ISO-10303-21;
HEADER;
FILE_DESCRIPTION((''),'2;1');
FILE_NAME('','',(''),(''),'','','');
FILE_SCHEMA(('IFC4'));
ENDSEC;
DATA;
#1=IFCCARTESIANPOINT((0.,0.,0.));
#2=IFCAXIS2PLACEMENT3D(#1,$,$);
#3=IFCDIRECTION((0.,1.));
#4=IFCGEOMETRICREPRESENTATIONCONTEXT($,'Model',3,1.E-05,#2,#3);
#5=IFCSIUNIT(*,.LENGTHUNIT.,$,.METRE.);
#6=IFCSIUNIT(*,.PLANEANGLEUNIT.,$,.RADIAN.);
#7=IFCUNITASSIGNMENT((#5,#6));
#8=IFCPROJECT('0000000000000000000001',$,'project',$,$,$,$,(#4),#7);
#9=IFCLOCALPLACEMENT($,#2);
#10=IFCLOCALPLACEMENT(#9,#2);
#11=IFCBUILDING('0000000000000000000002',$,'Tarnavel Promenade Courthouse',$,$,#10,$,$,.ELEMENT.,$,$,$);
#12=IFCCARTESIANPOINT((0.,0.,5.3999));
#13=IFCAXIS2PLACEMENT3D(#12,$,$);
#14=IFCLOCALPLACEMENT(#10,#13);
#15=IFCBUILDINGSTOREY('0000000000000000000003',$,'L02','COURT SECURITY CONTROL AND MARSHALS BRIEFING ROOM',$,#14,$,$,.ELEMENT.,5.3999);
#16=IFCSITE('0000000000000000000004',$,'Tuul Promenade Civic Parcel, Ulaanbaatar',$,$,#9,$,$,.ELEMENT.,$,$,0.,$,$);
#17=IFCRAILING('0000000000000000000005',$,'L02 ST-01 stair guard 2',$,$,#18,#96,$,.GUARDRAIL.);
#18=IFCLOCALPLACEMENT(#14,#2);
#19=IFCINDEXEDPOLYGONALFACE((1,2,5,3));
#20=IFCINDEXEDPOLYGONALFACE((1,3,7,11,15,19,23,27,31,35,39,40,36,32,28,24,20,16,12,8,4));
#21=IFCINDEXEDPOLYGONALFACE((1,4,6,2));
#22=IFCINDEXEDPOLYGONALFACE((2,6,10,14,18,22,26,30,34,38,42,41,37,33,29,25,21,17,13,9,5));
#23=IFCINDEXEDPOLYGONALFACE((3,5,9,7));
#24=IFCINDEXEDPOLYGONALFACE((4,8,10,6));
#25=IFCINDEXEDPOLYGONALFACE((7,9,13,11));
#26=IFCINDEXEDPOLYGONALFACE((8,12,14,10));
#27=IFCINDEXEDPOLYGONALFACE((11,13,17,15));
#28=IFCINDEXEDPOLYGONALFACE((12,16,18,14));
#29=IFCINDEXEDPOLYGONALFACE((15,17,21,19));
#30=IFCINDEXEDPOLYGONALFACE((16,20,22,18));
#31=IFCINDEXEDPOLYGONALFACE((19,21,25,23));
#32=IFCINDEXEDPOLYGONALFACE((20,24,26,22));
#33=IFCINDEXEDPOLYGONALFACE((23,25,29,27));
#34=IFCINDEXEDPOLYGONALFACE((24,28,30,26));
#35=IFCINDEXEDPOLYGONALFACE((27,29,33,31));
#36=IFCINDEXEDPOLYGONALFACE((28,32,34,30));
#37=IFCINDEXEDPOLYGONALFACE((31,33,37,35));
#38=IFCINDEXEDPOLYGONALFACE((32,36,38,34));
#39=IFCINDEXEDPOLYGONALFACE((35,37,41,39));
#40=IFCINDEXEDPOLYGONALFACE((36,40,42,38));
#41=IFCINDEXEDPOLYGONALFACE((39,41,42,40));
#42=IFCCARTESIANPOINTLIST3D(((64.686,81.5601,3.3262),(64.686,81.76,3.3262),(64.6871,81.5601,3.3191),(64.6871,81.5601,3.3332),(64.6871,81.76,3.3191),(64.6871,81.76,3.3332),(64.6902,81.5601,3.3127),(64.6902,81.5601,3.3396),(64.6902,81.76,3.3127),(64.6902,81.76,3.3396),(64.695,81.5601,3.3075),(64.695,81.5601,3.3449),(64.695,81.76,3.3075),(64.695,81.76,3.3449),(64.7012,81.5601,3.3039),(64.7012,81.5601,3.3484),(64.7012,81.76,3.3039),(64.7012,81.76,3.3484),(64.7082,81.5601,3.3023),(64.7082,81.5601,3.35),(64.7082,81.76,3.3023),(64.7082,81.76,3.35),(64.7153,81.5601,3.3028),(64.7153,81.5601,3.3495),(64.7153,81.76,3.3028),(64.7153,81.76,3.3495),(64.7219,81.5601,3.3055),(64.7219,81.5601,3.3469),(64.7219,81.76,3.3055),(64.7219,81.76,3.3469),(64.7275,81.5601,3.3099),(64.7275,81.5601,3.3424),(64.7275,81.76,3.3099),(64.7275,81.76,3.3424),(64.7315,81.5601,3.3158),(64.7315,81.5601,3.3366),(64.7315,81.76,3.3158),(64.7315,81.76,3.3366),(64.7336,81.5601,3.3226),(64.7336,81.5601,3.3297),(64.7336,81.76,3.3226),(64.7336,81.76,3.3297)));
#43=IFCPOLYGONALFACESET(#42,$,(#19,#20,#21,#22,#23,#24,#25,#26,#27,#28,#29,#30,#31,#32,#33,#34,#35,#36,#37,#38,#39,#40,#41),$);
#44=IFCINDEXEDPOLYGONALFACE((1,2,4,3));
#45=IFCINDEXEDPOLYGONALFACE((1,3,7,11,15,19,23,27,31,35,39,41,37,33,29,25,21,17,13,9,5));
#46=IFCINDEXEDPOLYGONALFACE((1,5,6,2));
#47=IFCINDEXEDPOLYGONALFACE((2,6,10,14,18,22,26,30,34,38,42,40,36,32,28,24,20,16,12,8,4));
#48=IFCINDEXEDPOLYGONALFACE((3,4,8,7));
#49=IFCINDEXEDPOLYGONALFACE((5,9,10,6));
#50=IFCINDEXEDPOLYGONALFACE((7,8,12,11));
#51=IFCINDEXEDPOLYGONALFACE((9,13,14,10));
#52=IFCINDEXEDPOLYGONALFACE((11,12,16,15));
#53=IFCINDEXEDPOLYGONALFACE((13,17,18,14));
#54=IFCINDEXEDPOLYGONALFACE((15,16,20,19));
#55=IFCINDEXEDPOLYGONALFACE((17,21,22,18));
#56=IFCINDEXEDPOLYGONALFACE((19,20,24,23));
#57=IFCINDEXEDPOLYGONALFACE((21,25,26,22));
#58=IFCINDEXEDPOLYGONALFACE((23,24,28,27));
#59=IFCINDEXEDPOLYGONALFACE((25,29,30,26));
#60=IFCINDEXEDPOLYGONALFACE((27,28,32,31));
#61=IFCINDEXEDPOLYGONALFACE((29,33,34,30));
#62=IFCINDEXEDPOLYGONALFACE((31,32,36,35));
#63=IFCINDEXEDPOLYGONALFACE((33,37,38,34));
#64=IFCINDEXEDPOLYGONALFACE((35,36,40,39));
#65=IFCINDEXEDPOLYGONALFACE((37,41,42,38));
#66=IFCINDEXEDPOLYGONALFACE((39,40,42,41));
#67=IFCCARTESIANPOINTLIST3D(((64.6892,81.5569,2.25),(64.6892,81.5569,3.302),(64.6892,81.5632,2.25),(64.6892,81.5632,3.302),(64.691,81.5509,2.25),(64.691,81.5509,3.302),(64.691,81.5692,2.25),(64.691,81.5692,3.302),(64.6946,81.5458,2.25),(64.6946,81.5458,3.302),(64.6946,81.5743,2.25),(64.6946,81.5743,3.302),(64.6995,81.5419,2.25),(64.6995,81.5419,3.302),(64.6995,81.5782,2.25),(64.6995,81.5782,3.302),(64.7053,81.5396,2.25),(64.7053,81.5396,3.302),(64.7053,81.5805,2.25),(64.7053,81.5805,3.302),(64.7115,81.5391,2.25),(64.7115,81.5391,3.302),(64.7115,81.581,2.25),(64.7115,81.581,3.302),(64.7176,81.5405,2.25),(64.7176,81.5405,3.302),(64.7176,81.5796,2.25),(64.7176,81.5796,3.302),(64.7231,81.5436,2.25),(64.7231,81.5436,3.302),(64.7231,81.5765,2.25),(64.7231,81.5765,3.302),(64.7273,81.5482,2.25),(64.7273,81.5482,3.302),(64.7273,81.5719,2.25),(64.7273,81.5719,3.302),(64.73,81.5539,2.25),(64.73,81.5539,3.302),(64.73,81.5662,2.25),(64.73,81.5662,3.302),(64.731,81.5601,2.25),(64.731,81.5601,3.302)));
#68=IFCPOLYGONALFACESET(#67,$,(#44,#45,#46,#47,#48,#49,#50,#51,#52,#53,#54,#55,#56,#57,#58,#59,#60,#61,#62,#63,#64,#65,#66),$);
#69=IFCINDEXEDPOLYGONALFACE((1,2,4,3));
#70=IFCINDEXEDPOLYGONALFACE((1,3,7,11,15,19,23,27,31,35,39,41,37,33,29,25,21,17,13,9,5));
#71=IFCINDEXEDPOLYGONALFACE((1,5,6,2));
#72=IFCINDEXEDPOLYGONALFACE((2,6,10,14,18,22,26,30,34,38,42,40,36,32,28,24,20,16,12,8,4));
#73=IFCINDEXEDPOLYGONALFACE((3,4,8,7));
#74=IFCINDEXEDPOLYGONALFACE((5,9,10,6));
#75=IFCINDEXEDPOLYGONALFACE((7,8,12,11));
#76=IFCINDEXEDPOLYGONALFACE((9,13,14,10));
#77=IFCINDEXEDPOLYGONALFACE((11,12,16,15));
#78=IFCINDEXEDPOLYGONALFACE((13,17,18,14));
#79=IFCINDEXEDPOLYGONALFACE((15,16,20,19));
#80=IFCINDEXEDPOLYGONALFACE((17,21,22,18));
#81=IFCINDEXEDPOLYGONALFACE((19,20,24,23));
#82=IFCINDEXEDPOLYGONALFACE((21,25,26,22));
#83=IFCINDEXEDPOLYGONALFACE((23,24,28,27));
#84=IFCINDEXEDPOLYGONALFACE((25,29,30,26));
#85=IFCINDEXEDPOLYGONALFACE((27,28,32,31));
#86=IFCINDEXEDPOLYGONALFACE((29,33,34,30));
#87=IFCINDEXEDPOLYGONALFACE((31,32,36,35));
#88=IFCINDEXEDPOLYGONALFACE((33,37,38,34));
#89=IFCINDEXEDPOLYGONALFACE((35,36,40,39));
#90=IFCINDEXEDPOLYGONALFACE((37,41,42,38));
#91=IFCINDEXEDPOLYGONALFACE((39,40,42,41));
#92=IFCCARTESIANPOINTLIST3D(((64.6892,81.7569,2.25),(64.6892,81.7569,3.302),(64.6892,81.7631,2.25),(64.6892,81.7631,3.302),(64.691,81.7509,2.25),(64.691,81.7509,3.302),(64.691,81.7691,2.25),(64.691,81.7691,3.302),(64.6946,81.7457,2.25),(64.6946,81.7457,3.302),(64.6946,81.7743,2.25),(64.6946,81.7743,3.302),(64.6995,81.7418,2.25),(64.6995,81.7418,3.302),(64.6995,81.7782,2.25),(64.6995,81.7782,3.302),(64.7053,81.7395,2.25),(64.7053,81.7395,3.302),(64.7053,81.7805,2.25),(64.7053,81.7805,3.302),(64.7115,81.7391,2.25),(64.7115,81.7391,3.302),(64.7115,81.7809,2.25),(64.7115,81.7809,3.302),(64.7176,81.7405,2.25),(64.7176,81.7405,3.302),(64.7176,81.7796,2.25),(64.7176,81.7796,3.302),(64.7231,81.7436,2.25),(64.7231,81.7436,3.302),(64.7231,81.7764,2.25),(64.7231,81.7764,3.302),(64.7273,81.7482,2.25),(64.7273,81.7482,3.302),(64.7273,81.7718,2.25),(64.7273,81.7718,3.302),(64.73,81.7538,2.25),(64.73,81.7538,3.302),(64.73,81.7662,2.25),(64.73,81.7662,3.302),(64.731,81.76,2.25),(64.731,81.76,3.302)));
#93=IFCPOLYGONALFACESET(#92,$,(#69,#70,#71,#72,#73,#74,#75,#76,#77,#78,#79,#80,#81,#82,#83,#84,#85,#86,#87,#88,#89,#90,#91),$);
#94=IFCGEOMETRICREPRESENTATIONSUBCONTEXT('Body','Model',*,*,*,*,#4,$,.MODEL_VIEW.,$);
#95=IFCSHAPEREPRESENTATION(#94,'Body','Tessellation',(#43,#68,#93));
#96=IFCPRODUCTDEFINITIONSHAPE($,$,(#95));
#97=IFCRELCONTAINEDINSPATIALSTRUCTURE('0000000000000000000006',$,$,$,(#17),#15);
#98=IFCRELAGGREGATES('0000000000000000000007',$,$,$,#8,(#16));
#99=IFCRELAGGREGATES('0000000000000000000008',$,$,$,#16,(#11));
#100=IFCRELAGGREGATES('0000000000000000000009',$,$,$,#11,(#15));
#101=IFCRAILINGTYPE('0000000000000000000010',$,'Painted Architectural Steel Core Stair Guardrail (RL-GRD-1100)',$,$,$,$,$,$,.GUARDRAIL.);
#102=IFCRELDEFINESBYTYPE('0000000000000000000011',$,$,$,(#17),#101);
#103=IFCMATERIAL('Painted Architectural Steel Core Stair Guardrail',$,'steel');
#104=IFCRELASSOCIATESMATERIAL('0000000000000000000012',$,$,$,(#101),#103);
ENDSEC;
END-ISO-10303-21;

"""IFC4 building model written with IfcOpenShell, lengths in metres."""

from ifc_helpers import new_model, si_unit, direction, frame, origin, origin_2d, place, context, subcontext, project, spatial, circle, extrude, material, type_object, element, save


model = new_model("IFC4")

# Units and contexts
model_context = context("Model", 3, precision=1e-05, world=origin(), true_north=direction((0.0, 1.0)))
body_context = subcontext(model_context, "Body", "Model", "MODEL_VIEW")
ifc_project = project(units=[si_unit("LENGTHUNIT", "METRE"), si_unit("PLANEANGLEUNIT", "RADIAN")], contexts=[model_context])

# Site, building, storey
site_placement = place(None, origin())
site = spatial("IfcSite", under=ifc_project, at=site_placement, Name="Tuul Promenade Civic Parcel, Ulaanbaatar", CompositionType="ELEMENT", RefElevation=0.0)
building_placement = place(site_placement, origin())
building = spatial("IfcBuilding", under=site, at=building_placement, Name="Tarnavel Promenade Courthouse", CompositionType="ELEMENT")
storey_placement = place(building_placement, frame((0.0, 0.0, 5.3999)))
storey = spatial("IfcBuildingStorey", under=building, at=storey_placement, Name="L02", Description="COURT SECURITY CONTROL AND MARSHALS BRIEFING ROOM", CompositionType="ELEMENT", Elevation=5.3999)

# Railing
ifc_material_1 = material(Name="Painted Architectural Steel Core Stair Guardrail", Category="steel")
railing_type_1 = type_object("IfcRailingType", Name="Painted Architectural Steel Core Stair Guardrail (RL-GRD-1100)", PredefinedType="GUARDRAIL", material=ifc_material_1)
railing_1_placement = place(storey_placement, frame((64.71, 81.5601, 2.25)))
element("IfcRailing", 1, at=railing_1_placement, inside=storey, type_object=railing_type_1, Name="L02 ST-01 stair guard 2", PredefinedType="GUARDRAIL", context=body_context, shape_type="SweptSolid", body=[
    extrude(circle(Radius=0.0239, at=origin_2d()), frame((0.0, 0.0, 1.0762), z_axis=(0.0, 1.0, 0.0), x_axis=(-1.0, 0.0, 0.0)), (0.0, 0.0, 1.0), 0.2),
    extrude(circle(Radius=0.021, at=origin_2d()), origin(), (0.0, 0.0, 1.0), 1.052),
    extrude(circle(Radius=0.021, at=origin_2d()), frame((0.0, 0.2, 0.0)), (0.0, 0.0, 1.0), 1.052),
])

save(model, "model.ifc")
